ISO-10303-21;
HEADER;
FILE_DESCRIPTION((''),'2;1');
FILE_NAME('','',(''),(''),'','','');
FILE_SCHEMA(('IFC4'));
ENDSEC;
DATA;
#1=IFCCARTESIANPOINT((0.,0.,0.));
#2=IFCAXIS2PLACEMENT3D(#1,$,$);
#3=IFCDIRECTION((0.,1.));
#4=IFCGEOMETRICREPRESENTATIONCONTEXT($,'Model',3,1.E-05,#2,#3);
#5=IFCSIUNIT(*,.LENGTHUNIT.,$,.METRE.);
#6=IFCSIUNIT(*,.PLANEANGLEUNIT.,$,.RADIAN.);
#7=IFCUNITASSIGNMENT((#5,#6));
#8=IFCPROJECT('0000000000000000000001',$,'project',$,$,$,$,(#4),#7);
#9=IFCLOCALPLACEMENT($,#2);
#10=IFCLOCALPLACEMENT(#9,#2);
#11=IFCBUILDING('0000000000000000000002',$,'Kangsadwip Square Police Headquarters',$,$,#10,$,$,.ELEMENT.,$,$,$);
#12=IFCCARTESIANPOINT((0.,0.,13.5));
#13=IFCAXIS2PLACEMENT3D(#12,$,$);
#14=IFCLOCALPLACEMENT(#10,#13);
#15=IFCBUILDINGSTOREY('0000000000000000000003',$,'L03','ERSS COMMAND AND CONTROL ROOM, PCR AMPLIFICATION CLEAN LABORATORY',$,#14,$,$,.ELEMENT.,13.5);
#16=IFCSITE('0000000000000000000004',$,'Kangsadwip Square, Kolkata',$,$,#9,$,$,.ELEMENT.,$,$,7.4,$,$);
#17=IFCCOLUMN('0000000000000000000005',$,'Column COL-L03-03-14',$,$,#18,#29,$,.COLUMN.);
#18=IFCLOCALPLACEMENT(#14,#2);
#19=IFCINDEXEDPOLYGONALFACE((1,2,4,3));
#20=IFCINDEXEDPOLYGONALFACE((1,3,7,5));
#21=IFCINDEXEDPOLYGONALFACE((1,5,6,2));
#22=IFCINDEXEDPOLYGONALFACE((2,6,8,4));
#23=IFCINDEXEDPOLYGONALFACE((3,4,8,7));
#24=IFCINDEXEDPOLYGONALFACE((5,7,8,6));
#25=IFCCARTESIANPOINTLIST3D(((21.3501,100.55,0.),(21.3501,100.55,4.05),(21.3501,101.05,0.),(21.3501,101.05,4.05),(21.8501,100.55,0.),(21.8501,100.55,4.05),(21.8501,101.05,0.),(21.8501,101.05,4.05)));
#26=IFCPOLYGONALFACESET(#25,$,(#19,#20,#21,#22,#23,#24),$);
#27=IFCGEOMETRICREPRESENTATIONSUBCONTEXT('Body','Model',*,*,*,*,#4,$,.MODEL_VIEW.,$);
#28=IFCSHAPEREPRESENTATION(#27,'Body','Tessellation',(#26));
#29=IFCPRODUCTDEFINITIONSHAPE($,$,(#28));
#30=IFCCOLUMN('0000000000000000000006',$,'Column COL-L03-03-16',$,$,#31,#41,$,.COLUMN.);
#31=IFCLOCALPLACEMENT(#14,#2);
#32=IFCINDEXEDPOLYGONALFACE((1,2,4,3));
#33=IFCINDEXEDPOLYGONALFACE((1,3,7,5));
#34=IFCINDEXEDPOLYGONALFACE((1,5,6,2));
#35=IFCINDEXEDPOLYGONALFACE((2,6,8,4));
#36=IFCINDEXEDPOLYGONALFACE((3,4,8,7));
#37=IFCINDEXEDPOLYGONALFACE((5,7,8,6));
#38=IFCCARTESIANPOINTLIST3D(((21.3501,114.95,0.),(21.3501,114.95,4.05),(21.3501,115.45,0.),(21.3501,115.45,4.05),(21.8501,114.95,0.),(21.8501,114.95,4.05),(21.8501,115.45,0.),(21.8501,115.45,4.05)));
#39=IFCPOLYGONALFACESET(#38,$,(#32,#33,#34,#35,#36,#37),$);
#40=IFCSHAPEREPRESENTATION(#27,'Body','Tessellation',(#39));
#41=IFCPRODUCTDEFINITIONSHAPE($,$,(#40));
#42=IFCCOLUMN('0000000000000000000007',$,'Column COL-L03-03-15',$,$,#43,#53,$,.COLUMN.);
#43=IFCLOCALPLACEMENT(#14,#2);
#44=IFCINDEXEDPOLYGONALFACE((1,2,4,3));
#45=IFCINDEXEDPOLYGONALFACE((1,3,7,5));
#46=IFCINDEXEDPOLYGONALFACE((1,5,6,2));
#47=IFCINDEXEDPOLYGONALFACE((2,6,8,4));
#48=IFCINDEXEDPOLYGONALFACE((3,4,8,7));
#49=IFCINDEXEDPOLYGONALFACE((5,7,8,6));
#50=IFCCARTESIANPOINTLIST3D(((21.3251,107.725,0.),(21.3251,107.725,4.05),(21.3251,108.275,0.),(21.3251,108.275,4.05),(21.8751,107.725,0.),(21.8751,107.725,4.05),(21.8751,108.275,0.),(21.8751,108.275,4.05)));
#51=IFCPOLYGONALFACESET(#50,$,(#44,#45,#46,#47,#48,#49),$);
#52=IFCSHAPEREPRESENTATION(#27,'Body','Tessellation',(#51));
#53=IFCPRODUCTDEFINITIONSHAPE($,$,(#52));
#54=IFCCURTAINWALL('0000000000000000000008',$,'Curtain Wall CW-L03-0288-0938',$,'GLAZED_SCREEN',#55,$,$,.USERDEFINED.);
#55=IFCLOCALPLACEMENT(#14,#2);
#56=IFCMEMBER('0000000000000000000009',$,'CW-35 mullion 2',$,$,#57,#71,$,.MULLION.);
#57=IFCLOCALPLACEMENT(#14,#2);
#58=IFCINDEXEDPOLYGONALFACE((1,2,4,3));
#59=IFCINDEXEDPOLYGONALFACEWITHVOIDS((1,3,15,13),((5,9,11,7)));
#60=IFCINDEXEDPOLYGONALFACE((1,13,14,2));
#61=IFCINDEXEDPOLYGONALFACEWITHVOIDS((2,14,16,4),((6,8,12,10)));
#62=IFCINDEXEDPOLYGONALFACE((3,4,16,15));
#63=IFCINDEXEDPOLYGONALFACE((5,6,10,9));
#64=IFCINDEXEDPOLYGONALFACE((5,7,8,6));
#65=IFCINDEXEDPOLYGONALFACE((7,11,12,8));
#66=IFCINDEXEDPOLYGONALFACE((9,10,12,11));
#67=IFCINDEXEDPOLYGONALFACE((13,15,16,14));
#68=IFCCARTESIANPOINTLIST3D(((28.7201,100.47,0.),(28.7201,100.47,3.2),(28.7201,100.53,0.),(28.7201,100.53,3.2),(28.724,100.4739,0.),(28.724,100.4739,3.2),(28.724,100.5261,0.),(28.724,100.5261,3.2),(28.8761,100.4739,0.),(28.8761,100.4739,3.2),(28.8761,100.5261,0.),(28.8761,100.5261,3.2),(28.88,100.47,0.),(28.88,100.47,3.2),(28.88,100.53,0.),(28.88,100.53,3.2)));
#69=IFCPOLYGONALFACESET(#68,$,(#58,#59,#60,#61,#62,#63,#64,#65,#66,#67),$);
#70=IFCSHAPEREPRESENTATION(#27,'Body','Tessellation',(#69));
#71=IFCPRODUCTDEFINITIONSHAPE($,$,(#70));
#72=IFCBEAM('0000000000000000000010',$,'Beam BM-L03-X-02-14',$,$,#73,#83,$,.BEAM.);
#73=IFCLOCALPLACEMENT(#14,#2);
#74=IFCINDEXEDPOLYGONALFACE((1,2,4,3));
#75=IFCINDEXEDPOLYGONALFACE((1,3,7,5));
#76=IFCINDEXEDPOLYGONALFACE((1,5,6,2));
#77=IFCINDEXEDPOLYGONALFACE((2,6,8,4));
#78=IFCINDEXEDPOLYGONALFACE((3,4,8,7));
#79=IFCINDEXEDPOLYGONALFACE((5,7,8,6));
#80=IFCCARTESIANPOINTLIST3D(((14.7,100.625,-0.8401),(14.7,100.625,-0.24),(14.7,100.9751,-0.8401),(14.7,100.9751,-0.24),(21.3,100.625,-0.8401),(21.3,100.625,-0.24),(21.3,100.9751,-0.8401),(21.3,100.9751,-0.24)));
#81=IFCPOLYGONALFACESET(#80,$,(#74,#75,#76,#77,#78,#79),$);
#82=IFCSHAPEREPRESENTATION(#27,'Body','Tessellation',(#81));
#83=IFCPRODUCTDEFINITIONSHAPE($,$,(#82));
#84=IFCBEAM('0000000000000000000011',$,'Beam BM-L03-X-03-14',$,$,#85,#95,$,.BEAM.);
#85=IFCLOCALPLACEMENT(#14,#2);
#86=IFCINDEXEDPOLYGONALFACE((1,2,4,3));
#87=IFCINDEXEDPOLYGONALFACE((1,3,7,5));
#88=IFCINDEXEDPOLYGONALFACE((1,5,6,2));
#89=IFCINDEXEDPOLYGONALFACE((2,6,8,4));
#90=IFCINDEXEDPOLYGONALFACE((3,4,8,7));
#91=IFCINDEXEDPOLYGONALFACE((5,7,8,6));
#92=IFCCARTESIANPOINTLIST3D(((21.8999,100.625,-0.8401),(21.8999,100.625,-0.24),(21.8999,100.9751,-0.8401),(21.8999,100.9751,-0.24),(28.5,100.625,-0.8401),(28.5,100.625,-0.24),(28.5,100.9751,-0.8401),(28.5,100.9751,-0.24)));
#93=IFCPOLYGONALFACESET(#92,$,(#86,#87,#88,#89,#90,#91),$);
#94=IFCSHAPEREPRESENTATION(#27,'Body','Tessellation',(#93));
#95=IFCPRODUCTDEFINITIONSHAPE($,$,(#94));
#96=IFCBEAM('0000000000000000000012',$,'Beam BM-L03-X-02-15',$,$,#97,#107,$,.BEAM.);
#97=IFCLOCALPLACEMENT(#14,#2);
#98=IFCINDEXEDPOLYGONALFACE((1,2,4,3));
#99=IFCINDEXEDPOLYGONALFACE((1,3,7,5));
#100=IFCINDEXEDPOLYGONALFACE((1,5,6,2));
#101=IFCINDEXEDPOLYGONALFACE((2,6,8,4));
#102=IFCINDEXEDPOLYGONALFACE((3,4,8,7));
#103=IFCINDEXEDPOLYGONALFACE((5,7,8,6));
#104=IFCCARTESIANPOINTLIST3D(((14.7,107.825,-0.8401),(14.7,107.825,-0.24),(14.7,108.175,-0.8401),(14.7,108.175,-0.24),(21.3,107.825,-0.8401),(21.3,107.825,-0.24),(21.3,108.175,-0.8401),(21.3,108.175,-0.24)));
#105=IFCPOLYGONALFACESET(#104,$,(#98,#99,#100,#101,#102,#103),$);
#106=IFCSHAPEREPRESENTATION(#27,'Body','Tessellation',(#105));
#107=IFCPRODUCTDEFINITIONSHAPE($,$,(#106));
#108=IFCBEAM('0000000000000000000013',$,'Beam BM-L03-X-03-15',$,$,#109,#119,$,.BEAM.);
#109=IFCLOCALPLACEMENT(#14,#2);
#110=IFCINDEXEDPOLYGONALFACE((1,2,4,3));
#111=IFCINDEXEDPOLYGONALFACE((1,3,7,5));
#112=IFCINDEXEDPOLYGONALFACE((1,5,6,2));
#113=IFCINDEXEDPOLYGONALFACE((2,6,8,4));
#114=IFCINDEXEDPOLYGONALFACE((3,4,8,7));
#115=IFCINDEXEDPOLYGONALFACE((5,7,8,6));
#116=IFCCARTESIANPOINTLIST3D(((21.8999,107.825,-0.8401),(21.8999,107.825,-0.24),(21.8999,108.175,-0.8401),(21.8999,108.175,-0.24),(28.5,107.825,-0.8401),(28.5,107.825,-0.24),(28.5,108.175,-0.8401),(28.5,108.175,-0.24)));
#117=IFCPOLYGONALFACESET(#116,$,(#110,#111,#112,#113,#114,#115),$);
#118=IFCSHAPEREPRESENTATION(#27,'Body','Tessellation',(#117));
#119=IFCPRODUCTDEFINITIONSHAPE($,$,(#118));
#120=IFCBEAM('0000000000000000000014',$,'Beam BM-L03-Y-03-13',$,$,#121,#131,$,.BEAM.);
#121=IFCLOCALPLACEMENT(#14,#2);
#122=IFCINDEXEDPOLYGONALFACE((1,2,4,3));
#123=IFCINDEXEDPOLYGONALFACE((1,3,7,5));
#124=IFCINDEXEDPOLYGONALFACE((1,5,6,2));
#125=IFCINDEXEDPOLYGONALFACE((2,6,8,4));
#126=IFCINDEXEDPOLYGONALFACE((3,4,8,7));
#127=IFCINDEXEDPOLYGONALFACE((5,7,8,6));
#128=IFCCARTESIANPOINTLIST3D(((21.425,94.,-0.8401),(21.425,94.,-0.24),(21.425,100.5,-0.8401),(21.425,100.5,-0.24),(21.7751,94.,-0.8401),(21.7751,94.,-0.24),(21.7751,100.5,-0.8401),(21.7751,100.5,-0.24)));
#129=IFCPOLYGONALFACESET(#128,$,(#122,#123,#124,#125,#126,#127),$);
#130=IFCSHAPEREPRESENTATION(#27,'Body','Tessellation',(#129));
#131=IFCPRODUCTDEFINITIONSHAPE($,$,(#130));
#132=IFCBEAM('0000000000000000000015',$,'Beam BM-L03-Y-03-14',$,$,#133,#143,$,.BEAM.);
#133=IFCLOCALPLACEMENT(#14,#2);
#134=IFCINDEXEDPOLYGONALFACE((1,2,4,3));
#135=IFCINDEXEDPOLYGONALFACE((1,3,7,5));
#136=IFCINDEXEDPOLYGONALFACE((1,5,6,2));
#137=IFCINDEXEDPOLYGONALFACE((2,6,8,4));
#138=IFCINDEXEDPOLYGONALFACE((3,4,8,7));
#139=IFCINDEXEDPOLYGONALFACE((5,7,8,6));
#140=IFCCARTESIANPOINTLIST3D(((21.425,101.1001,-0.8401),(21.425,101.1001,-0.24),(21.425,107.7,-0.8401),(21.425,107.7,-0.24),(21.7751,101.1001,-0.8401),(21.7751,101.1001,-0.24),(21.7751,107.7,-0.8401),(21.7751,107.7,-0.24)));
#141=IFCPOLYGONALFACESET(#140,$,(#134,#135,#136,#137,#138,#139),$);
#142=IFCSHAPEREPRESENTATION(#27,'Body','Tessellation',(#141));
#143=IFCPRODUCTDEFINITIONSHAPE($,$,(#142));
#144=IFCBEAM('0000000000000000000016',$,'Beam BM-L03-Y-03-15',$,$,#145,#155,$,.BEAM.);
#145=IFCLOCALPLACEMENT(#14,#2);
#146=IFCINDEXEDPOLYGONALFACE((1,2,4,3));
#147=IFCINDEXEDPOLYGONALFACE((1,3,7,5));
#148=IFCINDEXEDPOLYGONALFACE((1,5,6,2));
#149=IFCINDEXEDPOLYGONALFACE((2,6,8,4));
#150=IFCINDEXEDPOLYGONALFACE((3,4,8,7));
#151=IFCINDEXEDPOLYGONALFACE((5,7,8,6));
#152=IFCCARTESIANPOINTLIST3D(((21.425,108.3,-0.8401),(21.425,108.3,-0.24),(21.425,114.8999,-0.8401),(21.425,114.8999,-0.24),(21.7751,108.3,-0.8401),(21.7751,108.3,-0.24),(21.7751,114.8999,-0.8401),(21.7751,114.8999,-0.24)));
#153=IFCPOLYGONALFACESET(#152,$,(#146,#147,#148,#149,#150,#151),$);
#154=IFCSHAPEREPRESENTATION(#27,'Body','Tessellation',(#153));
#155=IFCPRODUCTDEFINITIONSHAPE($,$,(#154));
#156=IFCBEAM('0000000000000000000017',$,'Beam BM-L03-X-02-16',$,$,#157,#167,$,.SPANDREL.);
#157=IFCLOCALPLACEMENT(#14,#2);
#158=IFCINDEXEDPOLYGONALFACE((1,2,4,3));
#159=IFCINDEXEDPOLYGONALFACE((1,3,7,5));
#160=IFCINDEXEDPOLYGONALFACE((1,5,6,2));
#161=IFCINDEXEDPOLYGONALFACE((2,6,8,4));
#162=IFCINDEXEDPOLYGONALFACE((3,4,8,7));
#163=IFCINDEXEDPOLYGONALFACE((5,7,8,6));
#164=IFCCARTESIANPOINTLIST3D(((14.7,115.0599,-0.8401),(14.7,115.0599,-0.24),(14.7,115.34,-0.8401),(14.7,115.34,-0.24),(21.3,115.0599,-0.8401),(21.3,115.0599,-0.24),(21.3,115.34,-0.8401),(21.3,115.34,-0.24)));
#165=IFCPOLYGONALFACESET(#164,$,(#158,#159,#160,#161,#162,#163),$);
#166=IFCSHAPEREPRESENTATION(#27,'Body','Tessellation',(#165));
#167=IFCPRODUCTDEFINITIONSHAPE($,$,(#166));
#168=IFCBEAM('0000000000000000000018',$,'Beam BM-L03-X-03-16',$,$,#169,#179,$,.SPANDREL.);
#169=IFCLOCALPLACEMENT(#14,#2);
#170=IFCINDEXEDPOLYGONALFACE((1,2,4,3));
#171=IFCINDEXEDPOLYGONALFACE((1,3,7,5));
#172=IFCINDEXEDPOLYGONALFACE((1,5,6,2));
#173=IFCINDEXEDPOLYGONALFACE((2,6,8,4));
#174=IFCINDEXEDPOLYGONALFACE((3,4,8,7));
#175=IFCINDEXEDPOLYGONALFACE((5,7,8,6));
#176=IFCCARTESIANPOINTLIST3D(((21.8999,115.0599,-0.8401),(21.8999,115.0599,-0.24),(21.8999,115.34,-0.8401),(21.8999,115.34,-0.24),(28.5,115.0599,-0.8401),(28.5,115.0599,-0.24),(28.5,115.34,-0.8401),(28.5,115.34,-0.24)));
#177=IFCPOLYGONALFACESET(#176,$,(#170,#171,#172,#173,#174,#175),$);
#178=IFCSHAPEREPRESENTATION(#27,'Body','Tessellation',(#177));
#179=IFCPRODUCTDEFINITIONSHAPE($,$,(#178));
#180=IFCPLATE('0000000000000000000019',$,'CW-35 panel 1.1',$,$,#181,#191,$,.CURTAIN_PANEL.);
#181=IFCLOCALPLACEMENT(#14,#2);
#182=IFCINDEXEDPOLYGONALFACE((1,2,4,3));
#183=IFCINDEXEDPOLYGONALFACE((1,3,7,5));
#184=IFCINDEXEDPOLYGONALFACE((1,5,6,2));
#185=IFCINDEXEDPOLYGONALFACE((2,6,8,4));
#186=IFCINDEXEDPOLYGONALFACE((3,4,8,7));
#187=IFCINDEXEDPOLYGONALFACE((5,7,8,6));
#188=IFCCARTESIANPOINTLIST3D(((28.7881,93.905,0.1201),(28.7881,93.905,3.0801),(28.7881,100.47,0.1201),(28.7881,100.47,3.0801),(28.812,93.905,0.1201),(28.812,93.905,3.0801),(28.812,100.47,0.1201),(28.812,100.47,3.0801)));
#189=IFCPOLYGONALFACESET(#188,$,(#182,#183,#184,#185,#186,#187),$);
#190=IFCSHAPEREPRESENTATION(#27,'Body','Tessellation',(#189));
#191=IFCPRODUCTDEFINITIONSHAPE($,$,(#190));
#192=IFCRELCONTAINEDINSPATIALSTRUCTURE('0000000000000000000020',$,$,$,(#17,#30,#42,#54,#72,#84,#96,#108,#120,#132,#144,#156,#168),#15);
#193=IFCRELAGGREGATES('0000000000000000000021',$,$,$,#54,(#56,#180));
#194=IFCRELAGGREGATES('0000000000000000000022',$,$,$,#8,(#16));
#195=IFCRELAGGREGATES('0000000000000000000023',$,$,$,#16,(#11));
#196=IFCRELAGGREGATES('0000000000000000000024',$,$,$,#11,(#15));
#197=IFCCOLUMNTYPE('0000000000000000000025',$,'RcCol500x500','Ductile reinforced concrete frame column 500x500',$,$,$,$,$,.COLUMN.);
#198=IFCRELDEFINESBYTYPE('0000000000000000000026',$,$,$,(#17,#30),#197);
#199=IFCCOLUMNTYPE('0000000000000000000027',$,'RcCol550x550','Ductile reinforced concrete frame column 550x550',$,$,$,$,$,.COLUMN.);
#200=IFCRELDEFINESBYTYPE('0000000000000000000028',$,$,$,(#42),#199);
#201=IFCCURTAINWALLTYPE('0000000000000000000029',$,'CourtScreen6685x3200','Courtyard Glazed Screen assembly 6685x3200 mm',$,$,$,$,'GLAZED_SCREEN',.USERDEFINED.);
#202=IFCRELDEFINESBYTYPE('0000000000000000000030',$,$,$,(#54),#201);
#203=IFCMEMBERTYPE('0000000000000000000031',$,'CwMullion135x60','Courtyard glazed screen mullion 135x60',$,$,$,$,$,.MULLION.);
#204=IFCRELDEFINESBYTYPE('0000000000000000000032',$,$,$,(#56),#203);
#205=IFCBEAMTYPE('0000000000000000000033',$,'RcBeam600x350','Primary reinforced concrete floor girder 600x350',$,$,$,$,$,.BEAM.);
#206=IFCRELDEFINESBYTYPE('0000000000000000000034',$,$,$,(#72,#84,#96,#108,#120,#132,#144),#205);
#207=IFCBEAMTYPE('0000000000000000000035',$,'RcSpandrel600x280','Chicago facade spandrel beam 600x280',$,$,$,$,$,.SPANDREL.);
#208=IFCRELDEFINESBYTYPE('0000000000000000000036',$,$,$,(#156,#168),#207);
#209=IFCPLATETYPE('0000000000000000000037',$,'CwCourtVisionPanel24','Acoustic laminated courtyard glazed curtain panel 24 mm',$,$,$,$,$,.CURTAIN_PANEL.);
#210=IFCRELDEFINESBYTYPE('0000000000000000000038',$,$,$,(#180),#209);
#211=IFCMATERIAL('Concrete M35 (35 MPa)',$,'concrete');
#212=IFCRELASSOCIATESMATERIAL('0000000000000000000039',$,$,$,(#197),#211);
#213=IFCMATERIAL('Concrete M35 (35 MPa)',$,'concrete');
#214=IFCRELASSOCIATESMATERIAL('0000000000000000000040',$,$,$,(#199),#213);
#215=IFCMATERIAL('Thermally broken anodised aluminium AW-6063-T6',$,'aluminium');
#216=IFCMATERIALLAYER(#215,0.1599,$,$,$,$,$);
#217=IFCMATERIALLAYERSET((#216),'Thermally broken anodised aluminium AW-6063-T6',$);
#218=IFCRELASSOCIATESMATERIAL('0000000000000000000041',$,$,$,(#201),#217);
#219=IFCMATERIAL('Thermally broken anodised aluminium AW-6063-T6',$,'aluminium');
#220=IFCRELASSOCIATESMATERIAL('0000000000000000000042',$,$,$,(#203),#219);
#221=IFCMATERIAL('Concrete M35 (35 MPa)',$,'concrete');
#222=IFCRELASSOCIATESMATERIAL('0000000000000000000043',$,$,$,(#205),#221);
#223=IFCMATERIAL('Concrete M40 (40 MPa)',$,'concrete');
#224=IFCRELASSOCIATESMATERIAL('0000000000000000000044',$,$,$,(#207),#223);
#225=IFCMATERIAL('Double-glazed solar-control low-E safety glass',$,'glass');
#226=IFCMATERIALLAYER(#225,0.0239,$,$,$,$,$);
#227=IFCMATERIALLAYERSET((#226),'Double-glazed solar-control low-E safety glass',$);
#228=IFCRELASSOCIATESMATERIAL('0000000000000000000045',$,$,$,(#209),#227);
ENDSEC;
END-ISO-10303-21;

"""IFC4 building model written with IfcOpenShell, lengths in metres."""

from ifc_helpers import new_model, si_unit, direction, frame, origin, origin_2d, place, context, subcontext, project, spatial, rectangle, hollow_rectangle, extrude, material, layer, layer_set, material_profile, profile_set, type_object, element, aggregate, save


model = new_model("IFC4")

# Units and contexts
model_context = context("Model", 3, precision=1e-05, world=origin(), true_north=direction((0.0, 1.0)))
body_context = subcontext(model_context, "Body", "Model", "MODEL_VIEW")
ifc_project = project(units=[si_unit("LENGTHUNIT", "METRE"), si_unit("PLANEANGLEUNIT", "RADIAN")], contexts=[model_context])

# Site, building, storey
site_placement = place(None, origin())
site = spatial("IfcSite", under=ifc_project, at=site_placement, Name="Kangsadwip Square, Kolkata", CompositionType="ELEMENT", RefElevation=7.4)
building_placement = place(site_placement, origin())
building = spatial("IfcBuilding", under=site, at=building_placement, Name="Kangsadwip Square Police Headquarters", CompositionType="ELEMENT")
storey_placement = place(building_placement, frame((0.0, 0.0, 13.5)))
storey = spatial("IfcBuildingStorey", under=building, at=storey_placement, Name="L03", Description="ERSS COMMAND AND CONTROL ROOM, PCR AMPLIFICATION CLEAN LABORATORY", CompositionType="ELEMENT", Elevation=13.5)

# Columns
ifc_material_1 = material(Name="Concrete M35 (35 MPa)", Category="concrete")
ifc_material_profile_1 = material_profile(ifc_material_1, rectangle(XDim=0.5, YDim=0.5, at=origin_2d()), Name="RC COL 500X500")
ifc_profile_set_1 = profile_set([ifc_material_profile_1], Name="Concrete M35 (35 MPa)")
column_type_1 = type_object("IfcColumnType", Name="RcCol500x500", Description="Ductile reinforced concrete frame column 500x500", PredefinedType="COLUMN", material=ifc_profile_set_1)
for number, where, z_axis, x_axis, name in (
    (1, (21.6001, 100.8, 0.0), (0.0, 0.0, 1.0), (1.0, 0.0, 0.0), "Column COL-L03-03-14"),
    (2, (21.6001, 115.2, 0.0), (0.0, 0.0, 1.0), (1.0, 0.0, 0.0), "Column COL-L03-03-16"),
):
    element("IfcColumn", number, at=place(storey_placement, frame(where, z_axis=z_axis, x_axis=x_axis)), inside=storey, type_object=column_type_1, Name=name, PredefinedType="COLUMN", context=body_context, shape_type="SweptSolid", body=[
        extrude(rectangle(XDim=0.5, YDim=0.5, at=origin_2d()), origin(), (0.0, 0.0, 1.0), 4.05),
    ])
ifc_material_2 = material(Name="Concrete M35 (35 MPa)", Category="concrete")
ifc_material_profile_2 = material_profile(ifc_material_2, rectangle(XDim=0.55, YDim=0.55, at=origin_2d()), Name="RC COL 550X550")
ifc_profile_set_2 = profile_set([ifc_material_profile_2], Name="Concrete M35 (35 MPa)")
column_type_2 = type_object("IfcColumnType", Name="RcCol550x550", Description="Ductile reinforced concrete frame column 550x550", PredefinedType="COLUMN", material=ifc_profile_set_2)
column_placement = place(storey_placement, frame((21.6001, 108.0, 0.0), z_axis=(0.0, 0.0, 1.0), x_axis=(1.0, 0.0, 0.0)))
element("IfcColumn", 3, at=column_placement, inside=storey, type_object=column_type_2, Name="Column COL-L03-03-15", PredefinedType="COLUMN", context=body_context, shape_type="SweptSolid", body=[
    extrude(rectangle(XDim=0.55, YDim=0.55, at=origin_2d()), origin(), (0.0, 0.0, 1.0), 4.05),
])

# Curtain wall, member
ifc_material_3 = material(Name="Thermally broken anodised aluminium AW-6063-T6", Category="aluminium")
ifc_layer_1 = layer(ifc_material_3, 0.1599)
ifc_layer_set_1 = layer_set([ifc_layer_1], Name="Thermally broken anodised aluminium AW-6063-T6")
curtain_wall_type = type_object("IfcCurtainWallType", Name="CourtScreen6685x3200", Description="Courtyard Glazed Screen assembly 6685x3200 mm", ElementType="GLAZED_SCREEN", PredefinedType="USERDEFINED", material=ifc_layer_set_1)
curtain_wall_placement = place(storey_placement, origin())
curtain_wall = element("IfcCurtainWall", 4, at=curtain_wall_placement, inside=storey, type_object=curtain_wall_type, Name="Curtain Wall CW-L03-0288-0938", ObjectType="GLAZED_SCREEN", PredefinedType="USERDEFINED")
ifc_material_4 = material(Name="Thermally broken anodised aluminium AW-6063-T6", Category="aluminium")
ifc_material_profile_3 = material_profile(ifc_material_4, hollow_rectangle(XDim=0.0601, YDim=0.1599, WallThickness=0.0039, at=origin_2d()), Name="CWM 160X60X4")
ifc_profile_set_3 = profile_set([ifc_material_profile_3], Name="Thermally broken anodised aluminium AW-6063-T6")
member_type = type_object("IfcMemberType", Name="CwMullion135x60", Description="Courtyard glazed screen mullion 135x60", PredefinedType="MULLION", material=ifc_profile_set_3)
member_placement = place(storey_placement, frame((28.8, 100.5, 0.0), z_axis=(0.0, 0.0, 1.0), x_axis=(0.0, 1.0, 0.0)))
member = element("IfcMember", 5, at=member_placement, type_object=member_type, Name="CW-35 mullion 2", PredefinedType="MULLION", context=body_context, shape_type="SweptSolid", body=[
    extrude(hollow_rectangle(XDim=0.0601, YDim=0.1599, WallThickness=0.0039, at=origin_2d()), origin(), (0.0, 0.0, 1.0), 3.2),
])

# Beams
ifc_material_5 = material(Name="Concrete M35 (35 MPa)", Category="concrete")
ifc_material_profile_4 = material_profile(ifc_material_5, rectangle(XDim=0.3501, YDim=0.6001, at=origin_2d()), Name="RC BM 600X350")
ifc_profile_set_4 = profile_set([ifc_material_profile_4], Name="Concrete M35 (35 MPa)")
beam_type_1 = type_object("IfcBeamType", Name="RcBeam600x350", Description="Primary reinforced concrete floor girder 600x350", PredefinedType="BEAM", material=ifc_profile_set_4)
for number, where, z_axis, x_axis, name in (
    (6, (14.7, 100.8, -0.54), (1.0, 0.0, 0.0), (0.0, 1.0, 0.0), "Beam BM-L03-X-02-14"),
    (7, (21.8999, 100.8, -0.54), (1.0, 0.0, 0.0), (0.0, 1.0, 0.0), "Beam BM-L03-X-03-14"),
    (8, (14.7, 108.0, -0.54), (1.0, 0.0, 0.0), (0.0, 1.0, 0.0), "Beam BM-L03-X-02-15"),
    (9, (21.8999, 108.0, -0.54), (1.0, 0.0, 0.0), (0.0, 1.0, 0.0), "Beam BM-L03-X-03-15"),
):
    element("IfcBeam", number, at=place(storey_placement, frame(where, z_axis=z_axis, x_axis=x_axis)), inside=storey, type_object=beam_type_1, Name=name, PredefinedType="BEAM", context=body_context, shape_type="SweptSolid", body=[
        extrude(rectangle(XDim=0.3501, YDim=0.6001, at=origin_2d()), origin(), (0.0, 0.0, 1.0), 6.6001),
    ])
beam_placement = place(storey_placement, frame((21.6001, 94.0, -0.54), z_axis=(0.0, 1.0, 0.0), x_axis=(-1.0, 0.0, 0.0)))
element("IfcBeam", 10, at=beam_placement, inside=storey, type_object=beam_type_1, Name="Beam BM-L03-Y-03-13", PredefinedType="BEAM", context=body_context, shape_type="SweptSolid", body=[
    extrude(rectangle(XDim=0.3501, YDim=0.6001, at=origin_2d()), origin(), (0.0, 0.0, 1.0), 6.5),
])
for number, where, z_axis, x_axis, name in (
    (11, (21.6001, 101.1001, -0.54), (0.0, 1.0, 0.0), (-1.0, 0.0, 0.0), "Beam BM-L03-Y-03-14"),
    (12, (21.6001, 108.3, -0.54), (0.0, 1.0, 0.0), (-1.0, 0.0, 0.0), "Beam BM-L03-Y-03-15"),
):
    element("IfcBeam", number, at=place(storey_placement, frame(where, z_axis=z_axis, x_axis=x_axis)), inside=storey, type_object=beam_type_1, Name=name, PredefinedType="BEAM", context=body_context, shape_type="SweptSolid", body=[
        extrude(rectangle(XDim=0.3501, YDim=0.6001, at=origin_2d()), origin(), (0.0, 0.0, 1.0), 6.5999),
    ])
ifc_material_6 = material(Name="Concrete M40 (40 MPa)", Category="concrete")
ifc_material_profile_5 = material_profile(ifc_material_6, rectangle(XDim=0.28, YDim=0.6001, at=origin_2d()), Name="RC SPN 600X280")
ifc_profile_set_5 = profile_set([ifc_material_profile_5], Name="Concrete M40 (40 MPa)")
beam_type_2 = type_object("IfcBeamType", Name="RcSpandrel600x280", Description="Chicago facade spandrel beam 600x280", PredefinedType="SPANDREL", material=ifc_profile_set_5)
for number, where, z_axis, x_axis, name in (
    (13, (14.7, 115.2, -0.54), (1.0, 0.0, 0.0), (0.0, 1.0, 0.0), "Beam BM-L03-X-02-16"),
    (14, (21.8999, 115.2, -0.54), (1.0, 0.0, 0.0), (0.0, 1.0, 0.0), "Beam BM-L03-X-03-16"),
):
    element("IfcBeam", number, at=place(storey_placement, frame(where, z_axis=z_axis, x_axis=x_axis)), inside=storey, type_object=beam_type_2, Name=name, PredefinedType="SPANDREL", context=body_context, shape_type="SweptSolid", body=[
        extrude(rectangle(XDim=0.28, YDim=0.6001, at=origin_2d()), origin(), (0.0, 0.0, 1.0), 6.6001),
    ])

# Plate
ifc_material_7 = material(Name="Double-glazed solar-control low-E safety glass", Category="glass")
ifc_layer_2 = layer(ifc_material_7, 0.0239)
ifc_layer_set_2 = layer_set([ifc_layer_2], Name="Double-glazed solar-control low-E safety glass")
plate_type = type_object("IfcPlateType", Name="CwCourtVisionPanel24", Description="Acoustic laminated courtyard glazed curtain panel 24 mm", PredefinedType="CURTAIN_PANEL", material=ifc_layer_set_2)
plate_placement = place(storey_placement, frame((28.8, 97.1875, 0.1201), z_axis=(0.0, 0.0, 1.0), x_axis=(0.0, 1.0, 0.0)))
plate = element("IfcPlate", 15, at=plate_placement, type_object=plate_type, Name="CW-35 panel 1.1", PredefinedType="CURTAIN_PANEL", context=body_context, shape_type="SweptSolid", body=[
    extrude(rectangle(XDim=6.5649, YDim=0.0239, at=origin_2d()), origin(), (0.0, 0.0, 1.0), 2.96),
])
aggregate(curtain_wall, [member, plate])

save(model, "model.ifc")
